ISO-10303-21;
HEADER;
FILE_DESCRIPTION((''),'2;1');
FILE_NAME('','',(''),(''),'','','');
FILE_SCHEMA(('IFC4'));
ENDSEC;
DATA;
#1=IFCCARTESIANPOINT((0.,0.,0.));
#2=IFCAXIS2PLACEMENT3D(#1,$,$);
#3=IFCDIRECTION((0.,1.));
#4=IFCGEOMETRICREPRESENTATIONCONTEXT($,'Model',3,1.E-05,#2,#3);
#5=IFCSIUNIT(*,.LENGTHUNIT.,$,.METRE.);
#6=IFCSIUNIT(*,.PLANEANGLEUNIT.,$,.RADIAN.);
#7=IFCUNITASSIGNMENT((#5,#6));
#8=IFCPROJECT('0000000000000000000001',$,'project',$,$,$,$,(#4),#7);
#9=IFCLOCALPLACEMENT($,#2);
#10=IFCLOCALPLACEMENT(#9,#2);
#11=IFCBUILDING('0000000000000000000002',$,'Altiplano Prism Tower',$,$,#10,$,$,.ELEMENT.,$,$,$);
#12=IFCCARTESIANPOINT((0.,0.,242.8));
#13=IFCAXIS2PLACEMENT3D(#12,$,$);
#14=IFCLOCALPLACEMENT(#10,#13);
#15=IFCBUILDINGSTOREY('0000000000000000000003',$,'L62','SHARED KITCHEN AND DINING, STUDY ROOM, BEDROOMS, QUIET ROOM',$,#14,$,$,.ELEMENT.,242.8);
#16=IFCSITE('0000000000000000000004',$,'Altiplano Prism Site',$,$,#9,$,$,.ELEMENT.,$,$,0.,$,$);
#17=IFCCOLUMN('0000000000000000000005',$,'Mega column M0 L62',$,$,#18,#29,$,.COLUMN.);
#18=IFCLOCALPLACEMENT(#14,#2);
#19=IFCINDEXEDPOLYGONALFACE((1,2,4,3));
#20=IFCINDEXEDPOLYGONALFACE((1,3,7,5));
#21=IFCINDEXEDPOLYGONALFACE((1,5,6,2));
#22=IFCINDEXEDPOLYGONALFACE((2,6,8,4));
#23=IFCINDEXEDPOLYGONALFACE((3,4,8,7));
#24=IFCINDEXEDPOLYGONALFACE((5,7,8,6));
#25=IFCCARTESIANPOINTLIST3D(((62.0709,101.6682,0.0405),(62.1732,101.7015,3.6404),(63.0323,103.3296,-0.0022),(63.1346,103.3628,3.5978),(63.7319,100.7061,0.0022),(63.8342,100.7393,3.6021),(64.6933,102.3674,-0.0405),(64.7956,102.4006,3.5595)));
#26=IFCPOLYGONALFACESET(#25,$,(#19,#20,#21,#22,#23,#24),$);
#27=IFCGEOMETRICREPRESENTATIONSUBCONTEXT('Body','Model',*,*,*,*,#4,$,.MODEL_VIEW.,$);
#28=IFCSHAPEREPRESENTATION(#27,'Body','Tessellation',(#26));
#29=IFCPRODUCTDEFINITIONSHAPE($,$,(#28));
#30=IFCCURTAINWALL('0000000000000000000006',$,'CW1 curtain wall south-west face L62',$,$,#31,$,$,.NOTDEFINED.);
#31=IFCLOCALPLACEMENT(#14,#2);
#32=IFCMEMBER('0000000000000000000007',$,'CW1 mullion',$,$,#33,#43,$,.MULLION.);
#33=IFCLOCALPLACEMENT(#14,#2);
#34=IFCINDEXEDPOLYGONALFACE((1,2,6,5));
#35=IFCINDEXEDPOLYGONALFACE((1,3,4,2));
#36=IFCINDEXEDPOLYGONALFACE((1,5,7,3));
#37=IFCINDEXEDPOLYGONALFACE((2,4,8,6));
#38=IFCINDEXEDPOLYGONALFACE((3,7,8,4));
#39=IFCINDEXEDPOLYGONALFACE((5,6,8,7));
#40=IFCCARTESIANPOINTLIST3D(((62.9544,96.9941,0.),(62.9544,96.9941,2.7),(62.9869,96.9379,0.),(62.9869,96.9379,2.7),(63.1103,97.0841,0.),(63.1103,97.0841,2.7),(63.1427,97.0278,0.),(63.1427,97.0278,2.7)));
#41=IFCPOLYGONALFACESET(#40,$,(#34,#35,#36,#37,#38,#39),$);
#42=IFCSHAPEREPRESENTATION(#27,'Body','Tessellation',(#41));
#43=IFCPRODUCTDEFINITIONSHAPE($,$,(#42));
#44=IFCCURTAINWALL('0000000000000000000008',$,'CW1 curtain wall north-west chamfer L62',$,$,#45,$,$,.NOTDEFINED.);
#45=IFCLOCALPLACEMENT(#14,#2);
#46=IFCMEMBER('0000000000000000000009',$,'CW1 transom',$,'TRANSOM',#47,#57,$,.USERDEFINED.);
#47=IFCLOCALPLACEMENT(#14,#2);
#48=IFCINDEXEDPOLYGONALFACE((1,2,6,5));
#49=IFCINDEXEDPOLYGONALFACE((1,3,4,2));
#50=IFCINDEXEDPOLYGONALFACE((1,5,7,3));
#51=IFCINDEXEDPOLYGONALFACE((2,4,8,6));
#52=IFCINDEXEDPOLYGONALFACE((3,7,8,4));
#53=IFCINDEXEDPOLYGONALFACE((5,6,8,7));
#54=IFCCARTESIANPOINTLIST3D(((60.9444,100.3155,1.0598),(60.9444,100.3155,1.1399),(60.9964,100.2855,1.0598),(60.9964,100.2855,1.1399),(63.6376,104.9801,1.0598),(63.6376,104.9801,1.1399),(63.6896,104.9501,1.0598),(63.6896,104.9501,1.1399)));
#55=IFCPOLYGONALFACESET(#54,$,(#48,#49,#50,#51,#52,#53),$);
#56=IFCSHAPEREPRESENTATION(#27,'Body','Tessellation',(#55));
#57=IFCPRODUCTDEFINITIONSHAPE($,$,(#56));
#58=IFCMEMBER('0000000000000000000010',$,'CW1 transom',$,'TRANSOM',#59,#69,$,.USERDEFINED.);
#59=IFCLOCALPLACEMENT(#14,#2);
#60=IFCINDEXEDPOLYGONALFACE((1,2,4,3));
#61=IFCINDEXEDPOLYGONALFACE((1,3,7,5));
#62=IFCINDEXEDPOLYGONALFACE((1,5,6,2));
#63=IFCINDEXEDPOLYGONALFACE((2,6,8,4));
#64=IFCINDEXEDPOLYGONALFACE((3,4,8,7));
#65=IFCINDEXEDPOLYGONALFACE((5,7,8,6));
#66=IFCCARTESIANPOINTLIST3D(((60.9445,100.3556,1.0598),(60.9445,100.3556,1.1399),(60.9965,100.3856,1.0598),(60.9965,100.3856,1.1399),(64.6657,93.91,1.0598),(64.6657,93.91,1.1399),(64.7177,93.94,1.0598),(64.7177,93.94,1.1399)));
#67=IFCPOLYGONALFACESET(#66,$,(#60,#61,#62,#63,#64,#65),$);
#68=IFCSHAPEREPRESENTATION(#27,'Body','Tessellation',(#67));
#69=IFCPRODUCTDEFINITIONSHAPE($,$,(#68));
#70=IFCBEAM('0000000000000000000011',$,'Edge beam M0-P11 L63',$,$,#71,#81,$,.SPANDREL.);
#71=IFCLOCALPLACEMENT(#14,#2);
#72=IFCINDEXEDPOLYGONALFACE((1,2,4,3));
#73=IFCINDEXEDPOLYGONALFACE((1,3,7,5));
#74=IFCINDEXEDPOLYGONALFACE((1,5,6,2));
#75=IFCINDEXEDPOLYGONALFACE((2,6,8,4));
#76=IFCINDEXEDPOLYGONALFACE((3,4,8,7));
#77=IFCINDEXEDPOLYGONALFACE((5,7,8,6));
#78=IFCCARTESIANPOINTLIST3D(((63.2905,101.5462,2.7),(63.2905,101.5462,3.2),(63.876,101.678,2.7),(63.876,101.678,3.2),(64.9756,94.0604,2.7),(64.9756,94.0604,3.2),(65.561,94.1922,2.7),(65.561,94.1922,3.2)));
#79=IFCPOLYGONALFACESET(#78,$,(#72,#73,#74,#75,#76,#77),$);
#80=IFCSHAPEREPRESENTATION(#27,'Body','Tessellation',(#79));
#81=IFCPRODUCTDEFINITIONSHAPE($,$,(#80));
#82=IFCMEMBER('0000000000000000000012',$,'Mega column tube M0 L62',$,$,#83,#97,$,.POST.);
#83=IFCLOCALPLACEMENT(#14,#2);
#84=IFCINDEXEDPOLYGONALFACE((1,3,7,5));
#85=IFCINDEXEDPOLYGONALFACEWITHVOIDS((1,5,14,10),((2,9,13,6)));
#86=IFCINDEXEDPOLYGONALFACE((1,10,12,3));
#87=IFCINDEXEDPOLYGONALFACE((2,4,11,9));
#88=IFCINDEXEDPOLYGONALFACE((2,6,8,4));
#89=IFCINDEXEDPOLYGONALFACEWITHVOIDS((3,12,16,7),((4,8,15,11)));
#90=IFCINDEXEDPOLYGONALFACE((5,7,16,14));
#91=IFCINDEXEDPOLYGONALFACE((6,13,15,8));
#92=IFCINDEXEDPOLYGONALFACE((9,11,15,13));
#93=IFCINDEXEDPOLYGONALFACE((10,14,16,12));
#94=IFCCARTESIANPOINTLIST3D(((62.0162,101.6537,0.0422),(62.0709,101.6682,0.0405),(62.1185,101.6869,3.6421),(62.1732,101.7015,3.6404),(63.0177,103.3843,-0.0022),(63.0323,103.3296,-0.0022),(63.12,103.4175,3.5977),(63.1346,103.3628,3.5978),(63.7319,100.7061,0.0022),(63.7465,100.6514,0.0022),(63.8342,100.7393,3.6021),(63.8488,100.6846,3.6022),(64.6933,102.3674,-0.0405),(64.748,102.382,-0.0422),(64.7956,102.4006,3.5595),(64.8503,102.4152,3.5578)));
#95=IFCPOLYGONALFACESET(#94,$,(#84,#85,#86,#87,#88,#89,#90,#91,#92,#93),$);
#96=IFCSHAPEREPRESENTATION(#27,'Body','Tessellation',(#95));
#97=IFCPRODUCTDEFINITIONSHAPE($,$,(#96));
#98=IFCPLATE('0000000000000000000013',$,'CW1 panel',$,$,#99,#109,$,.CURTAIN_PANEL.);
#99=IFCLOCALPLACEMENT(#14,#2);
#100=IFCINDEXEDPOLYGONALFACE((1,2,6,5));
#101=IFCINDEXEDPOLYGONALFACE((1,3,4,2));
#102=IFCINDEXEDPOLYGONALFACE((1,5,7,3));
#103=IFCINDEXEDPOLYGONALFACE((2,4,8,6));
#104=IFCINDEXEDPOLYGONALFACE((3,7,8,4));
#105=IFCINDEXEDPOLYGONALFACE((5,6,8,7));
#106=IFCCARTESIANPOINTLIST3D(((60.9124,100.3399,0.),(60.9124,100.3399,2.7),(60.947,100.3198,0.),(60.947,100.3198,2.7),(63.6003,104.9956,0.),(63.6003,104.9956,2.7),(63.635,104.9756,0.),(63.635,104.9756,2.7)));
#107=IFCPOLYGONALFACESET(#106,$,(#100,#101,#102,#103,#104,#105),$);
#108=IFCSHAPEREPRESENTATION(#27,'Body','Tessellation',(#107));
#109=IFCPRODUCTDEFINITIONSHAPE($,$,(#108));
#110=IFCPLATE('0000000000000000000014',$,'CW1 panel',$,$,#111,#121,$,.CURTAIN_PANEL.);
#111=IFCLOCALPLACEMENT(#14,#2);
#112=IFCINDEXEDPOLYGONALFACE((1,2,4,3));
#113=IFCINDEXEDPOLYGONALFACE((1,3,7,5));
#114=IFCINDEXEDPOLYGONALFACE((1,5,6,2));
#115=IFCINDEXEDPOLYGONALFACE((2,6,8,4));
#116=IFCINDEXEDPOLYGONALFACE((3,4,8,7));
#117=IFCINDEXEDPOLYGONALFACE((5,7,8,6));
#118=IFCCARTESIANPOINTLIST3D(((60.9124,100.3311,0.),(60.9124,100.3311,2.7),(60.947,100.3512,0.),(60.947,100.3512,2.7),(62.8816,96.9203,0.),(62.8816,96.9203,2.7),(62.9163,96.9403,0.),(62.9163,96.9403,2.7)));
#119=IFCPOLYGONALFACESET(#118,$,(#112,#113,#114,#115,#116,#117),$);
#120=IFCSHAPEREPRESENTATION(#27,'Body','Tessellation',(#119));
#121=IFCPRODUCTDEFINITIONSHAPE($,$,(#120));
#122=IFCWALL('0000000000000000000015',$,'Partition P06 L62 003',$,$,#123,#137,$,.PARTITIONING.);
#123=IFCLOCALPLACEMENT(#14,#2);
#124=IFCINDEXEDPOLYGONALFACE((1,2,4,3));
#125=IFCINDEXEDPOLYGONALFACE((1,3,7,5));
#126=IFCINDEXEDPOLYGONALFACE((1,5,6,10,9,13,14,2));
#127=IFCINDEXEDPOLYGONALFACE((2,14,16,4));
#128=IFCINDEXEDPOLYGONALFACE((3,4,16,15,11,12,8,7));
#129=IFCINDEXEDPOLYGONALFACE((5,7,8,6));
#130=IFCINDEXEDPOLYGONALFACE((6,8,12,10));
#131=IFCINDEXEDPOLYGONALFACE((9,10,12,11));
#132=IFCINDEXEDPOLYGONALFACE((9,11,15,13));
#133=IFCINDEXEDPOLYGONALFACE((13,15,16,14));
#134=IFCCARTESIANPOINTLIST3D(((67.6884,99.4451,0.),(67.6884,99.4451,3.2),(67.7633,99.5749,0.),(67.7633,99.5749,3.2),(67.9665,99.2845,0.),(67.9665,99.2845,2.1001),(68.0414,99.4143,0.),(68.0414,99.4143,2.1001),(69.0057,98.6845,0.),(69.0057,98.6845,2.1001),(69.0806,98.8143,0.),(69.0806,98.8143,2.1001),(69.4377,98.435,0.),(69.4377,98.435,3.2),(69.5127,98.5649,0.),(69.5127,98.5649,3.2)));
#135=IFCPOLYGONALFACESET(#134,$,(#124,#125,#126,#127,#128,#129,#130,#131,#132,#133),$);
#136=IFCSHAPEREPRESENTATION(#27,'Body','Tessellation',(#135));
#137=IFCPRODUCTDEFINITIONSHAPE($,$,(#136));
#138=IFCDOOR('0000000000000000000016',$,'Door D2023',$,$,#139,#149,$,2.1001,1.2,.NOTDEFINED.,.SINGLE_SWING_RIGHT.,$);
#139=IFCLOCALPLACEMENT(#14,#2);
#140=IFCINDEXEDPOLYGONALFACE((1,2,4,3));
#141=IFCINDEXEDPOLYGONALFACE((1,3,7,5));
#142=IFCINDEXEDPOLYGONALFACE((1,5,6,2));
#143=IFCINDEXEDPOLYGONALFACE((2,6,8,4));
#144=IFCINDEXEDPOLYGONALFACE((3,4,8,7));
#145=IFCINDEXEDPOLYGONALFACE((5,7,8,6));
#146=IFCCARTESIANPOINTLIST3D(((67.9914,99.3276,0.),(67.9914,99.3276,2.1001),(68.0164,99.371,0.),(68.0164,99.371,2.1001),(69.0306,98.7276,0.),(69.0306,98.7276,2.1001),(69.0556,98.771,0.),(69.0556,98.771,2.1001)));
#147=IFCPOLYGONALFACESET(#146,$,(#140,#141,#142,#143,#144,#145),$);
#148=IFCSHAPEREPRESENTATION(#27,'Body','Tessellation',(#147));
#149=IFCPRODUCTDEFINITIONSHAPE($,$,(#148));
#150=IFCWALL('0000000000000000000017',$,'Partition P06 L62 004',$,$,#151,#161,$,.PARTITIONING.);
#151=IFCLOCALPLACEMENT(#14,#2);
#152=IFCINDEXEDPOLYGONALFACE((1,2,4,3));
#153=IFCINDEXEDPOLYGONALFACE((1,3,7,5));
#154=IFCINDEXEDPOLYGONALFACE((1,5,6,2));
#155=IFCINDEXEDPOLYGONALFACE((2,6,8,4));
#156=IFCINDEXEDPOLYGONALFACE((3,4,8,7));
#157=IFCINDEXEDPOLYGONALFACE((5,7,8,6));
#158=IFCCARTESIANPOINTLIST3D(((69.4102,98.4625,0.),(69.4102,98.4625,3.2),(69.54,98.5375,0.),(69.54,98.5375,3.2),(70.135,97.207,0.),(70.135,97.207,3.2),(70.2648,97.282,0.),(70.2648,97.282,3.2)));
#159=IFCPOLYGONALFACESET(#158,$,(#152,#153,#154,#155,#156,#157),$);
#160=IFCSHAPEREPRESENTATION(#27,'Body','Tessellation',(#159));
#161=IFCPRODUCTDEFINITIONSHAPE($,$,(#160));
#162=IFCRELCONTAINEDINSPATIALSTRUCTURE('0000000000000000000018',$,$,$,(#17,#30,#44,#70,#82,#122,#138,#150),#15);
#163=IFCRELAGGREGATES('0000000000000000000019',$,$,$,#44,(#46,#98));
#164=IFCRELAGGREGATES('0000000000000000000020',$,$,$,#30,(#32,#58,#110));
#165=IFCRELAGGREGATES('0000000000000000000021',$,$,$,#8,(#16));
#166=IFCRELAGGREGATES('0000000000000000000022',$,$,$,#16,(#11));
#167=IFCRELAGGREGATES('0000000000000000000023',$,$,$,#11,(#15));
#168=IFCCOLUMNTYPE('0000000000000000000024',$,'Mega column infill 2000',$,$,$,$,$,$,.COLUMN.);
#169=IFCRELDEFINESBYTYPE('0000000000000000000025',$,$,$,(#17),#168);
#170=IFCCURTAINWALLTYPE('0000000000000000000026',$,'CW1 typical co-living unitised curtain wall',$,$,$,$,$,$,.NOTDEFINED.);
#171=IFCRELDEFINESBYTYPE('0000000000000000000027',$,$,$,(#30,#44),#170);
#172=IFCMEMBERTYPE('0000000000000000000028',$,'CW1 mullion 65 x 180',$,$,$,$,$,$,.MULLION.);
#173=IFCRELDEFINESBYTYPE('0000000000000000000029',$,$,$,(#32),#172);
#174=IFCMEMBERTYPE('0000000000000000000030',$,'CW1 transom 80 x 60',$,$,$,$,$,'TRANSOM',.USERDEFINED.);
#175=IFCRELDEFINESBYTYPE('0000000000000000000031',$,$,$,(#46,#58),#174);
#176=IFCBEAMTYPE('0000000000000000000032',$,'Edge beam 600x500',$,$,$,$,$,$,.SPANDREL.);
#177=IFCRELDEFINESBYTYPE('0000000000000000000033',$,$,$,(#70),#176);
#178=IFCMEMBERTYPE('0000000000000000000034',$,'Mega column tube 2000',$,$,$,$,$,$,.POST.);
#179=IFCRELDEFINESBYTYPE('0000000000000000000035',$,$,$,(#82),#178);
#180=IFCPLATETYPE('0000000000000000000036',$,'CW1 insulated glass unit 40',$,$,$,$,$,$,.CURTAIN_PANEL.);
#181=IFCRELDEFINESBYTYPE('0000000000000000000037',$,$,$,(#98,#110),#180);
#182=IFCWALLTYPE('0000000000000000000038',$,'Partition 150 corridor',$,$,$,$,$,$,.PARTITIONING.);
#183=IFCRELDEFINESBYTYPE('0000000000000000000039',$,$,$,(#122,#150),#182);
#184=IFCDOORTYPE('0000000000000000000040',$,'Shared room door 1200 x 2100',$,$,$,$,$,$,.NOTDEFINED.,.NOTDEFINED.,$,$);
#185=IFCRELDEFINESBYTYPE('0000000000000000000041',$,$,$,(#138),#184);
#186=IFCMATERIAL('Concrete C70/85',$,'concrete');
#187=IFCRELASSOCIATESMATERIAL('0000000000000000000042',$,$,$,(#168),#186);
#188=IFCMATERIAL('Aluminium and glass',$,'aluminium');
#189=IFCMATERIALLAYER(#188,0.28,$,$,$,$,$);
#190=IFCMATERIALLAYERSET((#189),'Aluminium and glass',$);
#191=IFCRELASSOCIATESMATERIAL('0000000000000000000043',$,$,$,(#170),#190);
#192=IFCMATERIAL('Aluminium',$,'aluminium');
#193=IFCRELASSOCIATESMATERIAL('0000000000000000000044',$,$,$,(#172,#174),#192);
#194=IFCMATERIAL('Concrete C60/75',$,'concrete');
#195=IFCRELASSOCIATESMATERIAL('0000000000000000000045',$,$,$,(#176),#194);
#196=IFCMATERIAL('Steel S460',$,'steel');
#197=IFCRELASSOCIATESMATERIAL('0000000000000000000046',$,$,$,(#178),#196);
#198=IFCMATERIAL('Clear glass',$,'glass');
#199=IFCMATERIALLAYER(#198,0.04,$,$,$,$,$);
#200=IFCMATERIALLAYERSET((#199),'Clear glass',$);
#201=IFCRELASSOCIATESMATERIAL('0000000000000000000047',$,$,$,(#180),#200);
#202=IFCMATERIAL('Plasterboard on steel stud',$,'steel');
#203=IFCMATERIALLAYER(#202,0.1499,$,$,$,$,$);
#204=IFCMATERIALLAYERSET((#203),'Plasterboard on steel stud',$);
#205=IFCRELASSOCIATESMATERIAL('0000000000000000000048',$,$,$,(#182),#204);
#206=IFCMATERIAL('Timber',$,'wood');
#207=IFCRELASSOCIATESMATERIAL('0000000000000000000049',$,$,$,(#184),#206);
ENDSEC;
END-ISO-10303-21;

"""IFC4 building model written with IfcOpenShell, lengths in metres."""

from ifc_helpers import new_model, si_unit, direction, frame, frame_2d, origin, origin_2d, place, context, subcontext, project, spatial, rectangle, hollow_rectangle, extrude, material, layer, layer_set, material_profile, profile_set, type_object, element, fill, aggregate, save


model = new_model("IFC4")

# Units and contexts
model_context = context("Model", 3, precision=1e-05, world=origin(), true_north=direction((0.0, 1.0)))
body_context = subcontext(model_context, "Body", "Model", "MODEL_VIEW")
ifc_project = project(units=[si_unit("LENGTHUNIT", "METRE"), si_unit("PLANEANGLEUNIT", "RADIAN")], contexts=[model_context])

# Site, building, storey
site_placement = place(None, origin())
site = spatial("IfcSite", under=ifc_project, at=site_placement, Name="Altiplano Prism Site", CompositionType="ELEMENT", RefElevation=0.0)
building_placement = place(site_placement, origin())
building = spatial("IfcBuilding", under=site, at=building_placement, Name="Altiplano Prism Tower", CompositionType="ELEMENT")
storey_placement = place(building_placement, frame((0.0, 0.0, 242.8)))
storey = spatial("IfcBuildingStorey", under=building, at=storey_placement, Name="L62", Description="SHARED KITCHEN AND DINING, STUDY ROOM, BEDROOMS, QUIET ROOM", CompositionType="ELEMENT", Elevation=242.8)

# Column
ifc_material_1 = material(Name="Concrete C70/85", Category="concrete")
ifc_material_profile_1 = material_profile(ifc_material_1, rectangle(XDim=1.9199, YDim=1.9199, at=origin_2d()), Name="Mega column infill 2000")
ifc_profile_set_1 = profile_set([ifc_material_profile_1], Name="Concrete C70/85")
column_type = type_object("IfcColumnType", Name="Mega column infill 2000", PredefinedType="COLUMN", material=ifc_profile_set_1)
column_placement = place(storey_placement, frame((63.3821, 102.0178, 0.0), z_axis=(0.028404, 0.009219, 0.999554), x_axis=(-0.865127, 0.501155, 0.019961)))
element("IfcColumn", 1, at=column_placement, inside=storey, type_object=column_type, Name="Mega column M0 L62", PredefinedType="COLUMN", context=body_context, shape_type="SweptSolid", body=[
    extrude(rectangle(XDim=1.9199, YDim=1.9199, at=origin_2d()), origin(), (0.0, 0.0, 1.0), 3.6016),
])

# Curtain walls, members
ifc_material_2 = material(Name="Aluminium and glass", Category="aluminium")
ifc_layer_1 = layer(ifc_material_2, 0.28)
ifc_layer_set_1 = layer_set([ifc_layer_1], Name="Aluminium and glass")
curtain_wall_type = type_object("IfcCurtainWallType", Name="CW1 typical co-living unitised curtain wall", PredefinedType="NOTDEFINED", material=ifc_layer_set_1)
curtain_wall_1_placement = place(storey_placement, origin())
curtain_wall_1 = element("IfcCurtainWall", 2, at=curtain_wall_1_placement, inside=storey, type_object=curtain_wall_type, Name="CW1 curtain wall south-west face L62", PredefinedType="NOTDEFINED")
ifc_material_3 = material(Name="Aluminium", Category="aluminium")
ifc_material_profile_2 = material_profile(ifc_material_3, rectangle(XDim=0.1799, YDim=0.0649, at=origin_2d()), Name="CW1 mullion 65 x 180")
ifc_profile_set_2 = profile_set([ifc_material_profile_2], Name="Aluminium")
member_type_1 = type_object("IfcMemberType", Name="CW1 mullion 65 x 180", PredefinedType="MULLION", material=ifc_profile_set_2)
member_1_placement = place(storey_placement, frame((63.0486, 97.011, 0.0), z_axis=(0.0, 0.0, 1.0), x_axis=(0.866025, 0.5, 0.0)))
member_1 = element("IfcMember", 3, at=member_1_placement, type_object=member_type_1, Name="CW1 mullion", PredefinedType="MULLION", context=body_context, shape_type="SweptSolid", body=[
    extrude(rectangle(XDim=0.1799, YDim=0.0649, at=origin_2d()), origin(), (0.0, 0.0, 1.0), 2.7),
])
curtain_wall_2_placement = place(storey_placement, origin())
curtain_wall_2 = element("IfcCurtainWall", 4, at=curtain_wall_2_placement, inside=storey, type_object=curtain_wall_type, Name="CW1 curtain wall north-west chamfer L62", PredefinedType="NOTDEFINED")
ifc_material_profile_3 = material_profile(ifc_material_3, rectangle(XDim=0.0601, YDim=0.0801, at=origin_2d()), Name="CW1 transom 80 x 60")
ifc_profile_set_3 = profile_set([ifc_material_profile_3], Name="Aluminium")
member_type_2 = type_object("IfcMemberType", Name="CW1 transom 80 x 60", ElementType="TRANSOM", PredefinedType="USERDEFINED", material=ifc_profile_set_3)
member_2_placement = place(storey_placement, frame((63.6636, 104.9651, 1.0999), z_axis=(-0.500005, -0.866023, 0.0), x_axis=(0.866023, -0.500005, 0.0)))
member_2 = element("IfcMember", 5, at=member_2_placement, type_object=member_type_2, Name="CW1 transom", ObjectType="TRANSOM", PredefinedType="USERDEFINED", context=body_context, shape_type="SweptSolid", body=[
    extrude(rectangle(XDim=0.0601, YDim=0.0801, at=origin_2d()), origin(), (0.0, 0.0, 1.0), 5.3862),
])

# Member
member_3_placement = place(storey_placement, frame((60.9705, 100.3706, 1.0999), z_axis=(0.499985, -0.866034, 0.0), x_axis=(0.866034, 0.499985, 0.0)))
member_3 = element("IfcMember", 6, at=member_3_placement, type_object=member_type_2, Name="CW1 transom", ObjectType="TRANSOM", PredefinedType="USERDEFINED", context=body_context, shape_type="SweptSolid", body=[
    extrude(rectangle(XDim=0.0601, YDim=0.0801, at=origin_2d()), origin(), (0.0, 0.0, 1.0), 7.4426),
])

# Beam
ifc_material_4 = material(Name="Concrete C60/75", Category="concrete")
ifc_material_profile_4 = material_profile(ifc_material_4, rectangle(XDim=0.6001, YDim=0.5, at=origin_2d()), Name="Edge beam 600x500")
ifc_profile_set_4 = profile_set([ifc_material_profile_4], Name="Concrete C60/75")
beam_type = type_object("IfcBeamType", Name="Edge beam 600x500", PredefinedType="SPANDREL", material=ifc_profile_set_4)
beam_placement = place(storey_placement, frame((63.5833, 101.6121, 2.95), z_axis=(0.219605, -0.975589, 0.0), x_axis=(0.975589, 0.219605, 0.0)))
element("IfcBeam", 7, at=beam_placement, inside=storey, type_object=beam_type, Name="Edge beam M0-P11 L63", PredefinedType="SPANDREL", context=body_context, shape_type="SweptSolid", body=[
    extrude(rectangle(XDim=0.6001, YDim=0.5, at=origin_2d()), origin(), (0.0, 0.0, 1.0), 7.6731),
])

# Member
ifc_material_5 = material(Name="Steel S460", Category="steel")
ifc_material_profile_5 = material_profile(ifc_material_5, hollow_rectangle(XDim=2.0, YDim=2.0, WallThickness=0.04, at=origin_2d()), Name="Mega column tube 2000")
ifc_profile_set_5 = profile_set([ifc_material_profile_5], Name="Steel S460")
member_type_3 = type_object("IfcMemberType", Name="Mega column tube 2000", PredefinedType="POST", material=ifc_profile_set_5)
member_4_placement = place(storey_placement, frame((63.3821, 102.0178, 0.0), z_axis=(0.028404, 0.009219, 0.999554), x_axis=(-0.865127, 0.501155, 0.019961)))
element("IfcMember", 8, at=member_4_placement, inside=storey, type_object=member_type_3, Name="Mega column tube M0 L62", PredefinedType="POST", context=body_context, shape_type="SweptSolid", body=[
    extrude(hollow_rectangle(XDim=2.0, YDim=2.0, WallThickness=0.04, at=origin_2d()), origin(), (0.0, 0.0, 1.0), 3.6016),
])

# Plates
ifc_material_6 = material(Name="Clear glass", Category="glass")
ifc_layer_2 = layer(ifc_material_6, 0.04)
ifc_layer_set_2 = layer_set([ifc_layer_2], Name="Clear glass")
plate_type = type_object("IfcPlateType", Name="CW1 insulated glass unit 40", PredefinedType="CURTAIN_PANEL", material=ifc_layer_set_2)
plate_1_placement = place(storey_placement, frame((62.2737, 102.6577, 0.0), z_axis=(0.0, 0.0, 1.0), x_axis=(-0.5, -0.866025, 0.0)))
plate_1 = element("IfcPlate", 9, at=plate_1_placement, type_object=plate_type, Name="CW1 panel", PredefinedType="CURTAIN_PANEL", context=body_context, shape_type="SweptSolid", body=[
    extrude(rectangle(XDim=5.376, YDim=0.04, at=origin_2d()), origin(), (0.0, 0.0, 1.0), 2.7),
])
aggregate(curtain_wall_2, [member_2, plate_1])
plate_2_placement = place(storey_placement, frame((61.9143, 98.6357, 0.0), z_axis=(0.0, 0.0, 1.0), x_axis=(0.5, -0.866025, 0.0)))
plate_2 = element("IfcPlate", 10, at=plate_2_placement, type_object=plate_type, Name="CW1 panel", PredefinedType="CURTAIN_PANEL", context=body_context, shape_type="SweptSolid", body=[
    extrude(rectangle(XDim=3.9385, YDim=0.04, at=origin_2d()), origin(), (0.0, 0.0, 1.0), 2.7),
])
aggregate(curtain_wall_1, [member_1, member_3, plate_2])

# Wall, opening, door
ifc_material_7 = material(Name="Plasterboard on steel stud", Category="steel")
ifc_layer_3 = layer(ifc_material_7, 0.1499)
ifc_layer_set_3 = layer_set([ifc_layer_3], Name="Plasterboard on steel stud")
wall_type_1 = type_object("IfcWallType", Name="Partition 150 corridor", PredefinedType="PARTITIONING", material=ifc_layer_set_3)
wall_1_placement = place(storey_placement, frame((67.7258, 99.51, 0.0), z_axis=(0.0, 0.0, 1.0), x_axis=(0.86601, -0.500026, 0.0)))
wall_1 = element("IfcWall", 11, at=wall_1_placement, inside=storey, type_object=wall_type_1, Name="Partition P06 L62 003", PredefinedType="PARTITIONING", context=body_context, shape_type="SweptSolid", body=[
    extrude(rectangle(XDim=2.02, YDim=0.1499, at=frame_2d((1.01, 0.0))), origin(), (0.0, 0.0, 1.0), 3.2),
])
opening_1_placement = place(wall_1_placement, frame((0.321, 0.0, 0.0)))
opening_1 = element("IfcOpeningElement", 12, at=opening_1_placement, cuts=wall_1, PredefinedType="OPENING", context=body_context, shape_type="SweptSolid", body=[
    extrude(rectangle(XDim=1.2, YDim=2.1001, at=frame_2d((0.6001, 1.05))), frame((0.0, 0.0854, 0.0), z_axis=(0.0, -1.0, 0.0), x_axis=(1.0, 0.0, 0.0)), (0.0, 0.0, 1.0), 0.1709),
])
ifc_material_8 = material(Name="Timber", Category="wood")
door_type_1 = type_object("IfcDoorType", Name="Shared room door 1200 x 2100", OperationType="NOTDEFINED", PredefinedType="NOTDEFINED", material=ifc_material_8)
door_1_placement = place(opening_1_placement, origin())
door_1 = element("IfcDoor", 13, at=door_1_placement, inside=storey, type_object=door_type_1, Name="Door D2023", OperationType="SINGLE_SWING_RIGHT", OverallHeight=2.1001, OverallWidth=1.2, PredefinedType="NOTDEFINED", context=body_context, shape_type="SweptSolid", body=[
    extrude(rectangle(XDim=1.2, YDim=2.1001, at=frame_2d((0.6001, 1.05))), frame((0.0, 0.0249, 0.0), z_axis=(0.0, -1.0, 0.0), x_axis=(1.0, 0.0, 0.0)), (0.0, 0.0, 1.0), 0.05),
])
fill(opening_1, door_1)

# Wall
wall_2_placement = place(storey_placement, frame((69.4751, 98.5, 0.0), z_axis=(0.0, 0.0, 1.0), x_axis=(0.499961, -0.866048, 0.0)))
element("IfcWall", 14, at=wall_2_placement, inside=storey, type_object=wall_type_1, Name="Partition P06 L62 004", PredefinedType="PARTITIONING", context=body_context, shape_type="SweptSolid", body=[
    extrude(rectangle(XDim=1.4497, YDim=0.1499, at=frame_2d((0.7249, 0.0))), origin(), (0.0, 0.0, 1.0), 3.2),
])

save(model, "model.ifc")
